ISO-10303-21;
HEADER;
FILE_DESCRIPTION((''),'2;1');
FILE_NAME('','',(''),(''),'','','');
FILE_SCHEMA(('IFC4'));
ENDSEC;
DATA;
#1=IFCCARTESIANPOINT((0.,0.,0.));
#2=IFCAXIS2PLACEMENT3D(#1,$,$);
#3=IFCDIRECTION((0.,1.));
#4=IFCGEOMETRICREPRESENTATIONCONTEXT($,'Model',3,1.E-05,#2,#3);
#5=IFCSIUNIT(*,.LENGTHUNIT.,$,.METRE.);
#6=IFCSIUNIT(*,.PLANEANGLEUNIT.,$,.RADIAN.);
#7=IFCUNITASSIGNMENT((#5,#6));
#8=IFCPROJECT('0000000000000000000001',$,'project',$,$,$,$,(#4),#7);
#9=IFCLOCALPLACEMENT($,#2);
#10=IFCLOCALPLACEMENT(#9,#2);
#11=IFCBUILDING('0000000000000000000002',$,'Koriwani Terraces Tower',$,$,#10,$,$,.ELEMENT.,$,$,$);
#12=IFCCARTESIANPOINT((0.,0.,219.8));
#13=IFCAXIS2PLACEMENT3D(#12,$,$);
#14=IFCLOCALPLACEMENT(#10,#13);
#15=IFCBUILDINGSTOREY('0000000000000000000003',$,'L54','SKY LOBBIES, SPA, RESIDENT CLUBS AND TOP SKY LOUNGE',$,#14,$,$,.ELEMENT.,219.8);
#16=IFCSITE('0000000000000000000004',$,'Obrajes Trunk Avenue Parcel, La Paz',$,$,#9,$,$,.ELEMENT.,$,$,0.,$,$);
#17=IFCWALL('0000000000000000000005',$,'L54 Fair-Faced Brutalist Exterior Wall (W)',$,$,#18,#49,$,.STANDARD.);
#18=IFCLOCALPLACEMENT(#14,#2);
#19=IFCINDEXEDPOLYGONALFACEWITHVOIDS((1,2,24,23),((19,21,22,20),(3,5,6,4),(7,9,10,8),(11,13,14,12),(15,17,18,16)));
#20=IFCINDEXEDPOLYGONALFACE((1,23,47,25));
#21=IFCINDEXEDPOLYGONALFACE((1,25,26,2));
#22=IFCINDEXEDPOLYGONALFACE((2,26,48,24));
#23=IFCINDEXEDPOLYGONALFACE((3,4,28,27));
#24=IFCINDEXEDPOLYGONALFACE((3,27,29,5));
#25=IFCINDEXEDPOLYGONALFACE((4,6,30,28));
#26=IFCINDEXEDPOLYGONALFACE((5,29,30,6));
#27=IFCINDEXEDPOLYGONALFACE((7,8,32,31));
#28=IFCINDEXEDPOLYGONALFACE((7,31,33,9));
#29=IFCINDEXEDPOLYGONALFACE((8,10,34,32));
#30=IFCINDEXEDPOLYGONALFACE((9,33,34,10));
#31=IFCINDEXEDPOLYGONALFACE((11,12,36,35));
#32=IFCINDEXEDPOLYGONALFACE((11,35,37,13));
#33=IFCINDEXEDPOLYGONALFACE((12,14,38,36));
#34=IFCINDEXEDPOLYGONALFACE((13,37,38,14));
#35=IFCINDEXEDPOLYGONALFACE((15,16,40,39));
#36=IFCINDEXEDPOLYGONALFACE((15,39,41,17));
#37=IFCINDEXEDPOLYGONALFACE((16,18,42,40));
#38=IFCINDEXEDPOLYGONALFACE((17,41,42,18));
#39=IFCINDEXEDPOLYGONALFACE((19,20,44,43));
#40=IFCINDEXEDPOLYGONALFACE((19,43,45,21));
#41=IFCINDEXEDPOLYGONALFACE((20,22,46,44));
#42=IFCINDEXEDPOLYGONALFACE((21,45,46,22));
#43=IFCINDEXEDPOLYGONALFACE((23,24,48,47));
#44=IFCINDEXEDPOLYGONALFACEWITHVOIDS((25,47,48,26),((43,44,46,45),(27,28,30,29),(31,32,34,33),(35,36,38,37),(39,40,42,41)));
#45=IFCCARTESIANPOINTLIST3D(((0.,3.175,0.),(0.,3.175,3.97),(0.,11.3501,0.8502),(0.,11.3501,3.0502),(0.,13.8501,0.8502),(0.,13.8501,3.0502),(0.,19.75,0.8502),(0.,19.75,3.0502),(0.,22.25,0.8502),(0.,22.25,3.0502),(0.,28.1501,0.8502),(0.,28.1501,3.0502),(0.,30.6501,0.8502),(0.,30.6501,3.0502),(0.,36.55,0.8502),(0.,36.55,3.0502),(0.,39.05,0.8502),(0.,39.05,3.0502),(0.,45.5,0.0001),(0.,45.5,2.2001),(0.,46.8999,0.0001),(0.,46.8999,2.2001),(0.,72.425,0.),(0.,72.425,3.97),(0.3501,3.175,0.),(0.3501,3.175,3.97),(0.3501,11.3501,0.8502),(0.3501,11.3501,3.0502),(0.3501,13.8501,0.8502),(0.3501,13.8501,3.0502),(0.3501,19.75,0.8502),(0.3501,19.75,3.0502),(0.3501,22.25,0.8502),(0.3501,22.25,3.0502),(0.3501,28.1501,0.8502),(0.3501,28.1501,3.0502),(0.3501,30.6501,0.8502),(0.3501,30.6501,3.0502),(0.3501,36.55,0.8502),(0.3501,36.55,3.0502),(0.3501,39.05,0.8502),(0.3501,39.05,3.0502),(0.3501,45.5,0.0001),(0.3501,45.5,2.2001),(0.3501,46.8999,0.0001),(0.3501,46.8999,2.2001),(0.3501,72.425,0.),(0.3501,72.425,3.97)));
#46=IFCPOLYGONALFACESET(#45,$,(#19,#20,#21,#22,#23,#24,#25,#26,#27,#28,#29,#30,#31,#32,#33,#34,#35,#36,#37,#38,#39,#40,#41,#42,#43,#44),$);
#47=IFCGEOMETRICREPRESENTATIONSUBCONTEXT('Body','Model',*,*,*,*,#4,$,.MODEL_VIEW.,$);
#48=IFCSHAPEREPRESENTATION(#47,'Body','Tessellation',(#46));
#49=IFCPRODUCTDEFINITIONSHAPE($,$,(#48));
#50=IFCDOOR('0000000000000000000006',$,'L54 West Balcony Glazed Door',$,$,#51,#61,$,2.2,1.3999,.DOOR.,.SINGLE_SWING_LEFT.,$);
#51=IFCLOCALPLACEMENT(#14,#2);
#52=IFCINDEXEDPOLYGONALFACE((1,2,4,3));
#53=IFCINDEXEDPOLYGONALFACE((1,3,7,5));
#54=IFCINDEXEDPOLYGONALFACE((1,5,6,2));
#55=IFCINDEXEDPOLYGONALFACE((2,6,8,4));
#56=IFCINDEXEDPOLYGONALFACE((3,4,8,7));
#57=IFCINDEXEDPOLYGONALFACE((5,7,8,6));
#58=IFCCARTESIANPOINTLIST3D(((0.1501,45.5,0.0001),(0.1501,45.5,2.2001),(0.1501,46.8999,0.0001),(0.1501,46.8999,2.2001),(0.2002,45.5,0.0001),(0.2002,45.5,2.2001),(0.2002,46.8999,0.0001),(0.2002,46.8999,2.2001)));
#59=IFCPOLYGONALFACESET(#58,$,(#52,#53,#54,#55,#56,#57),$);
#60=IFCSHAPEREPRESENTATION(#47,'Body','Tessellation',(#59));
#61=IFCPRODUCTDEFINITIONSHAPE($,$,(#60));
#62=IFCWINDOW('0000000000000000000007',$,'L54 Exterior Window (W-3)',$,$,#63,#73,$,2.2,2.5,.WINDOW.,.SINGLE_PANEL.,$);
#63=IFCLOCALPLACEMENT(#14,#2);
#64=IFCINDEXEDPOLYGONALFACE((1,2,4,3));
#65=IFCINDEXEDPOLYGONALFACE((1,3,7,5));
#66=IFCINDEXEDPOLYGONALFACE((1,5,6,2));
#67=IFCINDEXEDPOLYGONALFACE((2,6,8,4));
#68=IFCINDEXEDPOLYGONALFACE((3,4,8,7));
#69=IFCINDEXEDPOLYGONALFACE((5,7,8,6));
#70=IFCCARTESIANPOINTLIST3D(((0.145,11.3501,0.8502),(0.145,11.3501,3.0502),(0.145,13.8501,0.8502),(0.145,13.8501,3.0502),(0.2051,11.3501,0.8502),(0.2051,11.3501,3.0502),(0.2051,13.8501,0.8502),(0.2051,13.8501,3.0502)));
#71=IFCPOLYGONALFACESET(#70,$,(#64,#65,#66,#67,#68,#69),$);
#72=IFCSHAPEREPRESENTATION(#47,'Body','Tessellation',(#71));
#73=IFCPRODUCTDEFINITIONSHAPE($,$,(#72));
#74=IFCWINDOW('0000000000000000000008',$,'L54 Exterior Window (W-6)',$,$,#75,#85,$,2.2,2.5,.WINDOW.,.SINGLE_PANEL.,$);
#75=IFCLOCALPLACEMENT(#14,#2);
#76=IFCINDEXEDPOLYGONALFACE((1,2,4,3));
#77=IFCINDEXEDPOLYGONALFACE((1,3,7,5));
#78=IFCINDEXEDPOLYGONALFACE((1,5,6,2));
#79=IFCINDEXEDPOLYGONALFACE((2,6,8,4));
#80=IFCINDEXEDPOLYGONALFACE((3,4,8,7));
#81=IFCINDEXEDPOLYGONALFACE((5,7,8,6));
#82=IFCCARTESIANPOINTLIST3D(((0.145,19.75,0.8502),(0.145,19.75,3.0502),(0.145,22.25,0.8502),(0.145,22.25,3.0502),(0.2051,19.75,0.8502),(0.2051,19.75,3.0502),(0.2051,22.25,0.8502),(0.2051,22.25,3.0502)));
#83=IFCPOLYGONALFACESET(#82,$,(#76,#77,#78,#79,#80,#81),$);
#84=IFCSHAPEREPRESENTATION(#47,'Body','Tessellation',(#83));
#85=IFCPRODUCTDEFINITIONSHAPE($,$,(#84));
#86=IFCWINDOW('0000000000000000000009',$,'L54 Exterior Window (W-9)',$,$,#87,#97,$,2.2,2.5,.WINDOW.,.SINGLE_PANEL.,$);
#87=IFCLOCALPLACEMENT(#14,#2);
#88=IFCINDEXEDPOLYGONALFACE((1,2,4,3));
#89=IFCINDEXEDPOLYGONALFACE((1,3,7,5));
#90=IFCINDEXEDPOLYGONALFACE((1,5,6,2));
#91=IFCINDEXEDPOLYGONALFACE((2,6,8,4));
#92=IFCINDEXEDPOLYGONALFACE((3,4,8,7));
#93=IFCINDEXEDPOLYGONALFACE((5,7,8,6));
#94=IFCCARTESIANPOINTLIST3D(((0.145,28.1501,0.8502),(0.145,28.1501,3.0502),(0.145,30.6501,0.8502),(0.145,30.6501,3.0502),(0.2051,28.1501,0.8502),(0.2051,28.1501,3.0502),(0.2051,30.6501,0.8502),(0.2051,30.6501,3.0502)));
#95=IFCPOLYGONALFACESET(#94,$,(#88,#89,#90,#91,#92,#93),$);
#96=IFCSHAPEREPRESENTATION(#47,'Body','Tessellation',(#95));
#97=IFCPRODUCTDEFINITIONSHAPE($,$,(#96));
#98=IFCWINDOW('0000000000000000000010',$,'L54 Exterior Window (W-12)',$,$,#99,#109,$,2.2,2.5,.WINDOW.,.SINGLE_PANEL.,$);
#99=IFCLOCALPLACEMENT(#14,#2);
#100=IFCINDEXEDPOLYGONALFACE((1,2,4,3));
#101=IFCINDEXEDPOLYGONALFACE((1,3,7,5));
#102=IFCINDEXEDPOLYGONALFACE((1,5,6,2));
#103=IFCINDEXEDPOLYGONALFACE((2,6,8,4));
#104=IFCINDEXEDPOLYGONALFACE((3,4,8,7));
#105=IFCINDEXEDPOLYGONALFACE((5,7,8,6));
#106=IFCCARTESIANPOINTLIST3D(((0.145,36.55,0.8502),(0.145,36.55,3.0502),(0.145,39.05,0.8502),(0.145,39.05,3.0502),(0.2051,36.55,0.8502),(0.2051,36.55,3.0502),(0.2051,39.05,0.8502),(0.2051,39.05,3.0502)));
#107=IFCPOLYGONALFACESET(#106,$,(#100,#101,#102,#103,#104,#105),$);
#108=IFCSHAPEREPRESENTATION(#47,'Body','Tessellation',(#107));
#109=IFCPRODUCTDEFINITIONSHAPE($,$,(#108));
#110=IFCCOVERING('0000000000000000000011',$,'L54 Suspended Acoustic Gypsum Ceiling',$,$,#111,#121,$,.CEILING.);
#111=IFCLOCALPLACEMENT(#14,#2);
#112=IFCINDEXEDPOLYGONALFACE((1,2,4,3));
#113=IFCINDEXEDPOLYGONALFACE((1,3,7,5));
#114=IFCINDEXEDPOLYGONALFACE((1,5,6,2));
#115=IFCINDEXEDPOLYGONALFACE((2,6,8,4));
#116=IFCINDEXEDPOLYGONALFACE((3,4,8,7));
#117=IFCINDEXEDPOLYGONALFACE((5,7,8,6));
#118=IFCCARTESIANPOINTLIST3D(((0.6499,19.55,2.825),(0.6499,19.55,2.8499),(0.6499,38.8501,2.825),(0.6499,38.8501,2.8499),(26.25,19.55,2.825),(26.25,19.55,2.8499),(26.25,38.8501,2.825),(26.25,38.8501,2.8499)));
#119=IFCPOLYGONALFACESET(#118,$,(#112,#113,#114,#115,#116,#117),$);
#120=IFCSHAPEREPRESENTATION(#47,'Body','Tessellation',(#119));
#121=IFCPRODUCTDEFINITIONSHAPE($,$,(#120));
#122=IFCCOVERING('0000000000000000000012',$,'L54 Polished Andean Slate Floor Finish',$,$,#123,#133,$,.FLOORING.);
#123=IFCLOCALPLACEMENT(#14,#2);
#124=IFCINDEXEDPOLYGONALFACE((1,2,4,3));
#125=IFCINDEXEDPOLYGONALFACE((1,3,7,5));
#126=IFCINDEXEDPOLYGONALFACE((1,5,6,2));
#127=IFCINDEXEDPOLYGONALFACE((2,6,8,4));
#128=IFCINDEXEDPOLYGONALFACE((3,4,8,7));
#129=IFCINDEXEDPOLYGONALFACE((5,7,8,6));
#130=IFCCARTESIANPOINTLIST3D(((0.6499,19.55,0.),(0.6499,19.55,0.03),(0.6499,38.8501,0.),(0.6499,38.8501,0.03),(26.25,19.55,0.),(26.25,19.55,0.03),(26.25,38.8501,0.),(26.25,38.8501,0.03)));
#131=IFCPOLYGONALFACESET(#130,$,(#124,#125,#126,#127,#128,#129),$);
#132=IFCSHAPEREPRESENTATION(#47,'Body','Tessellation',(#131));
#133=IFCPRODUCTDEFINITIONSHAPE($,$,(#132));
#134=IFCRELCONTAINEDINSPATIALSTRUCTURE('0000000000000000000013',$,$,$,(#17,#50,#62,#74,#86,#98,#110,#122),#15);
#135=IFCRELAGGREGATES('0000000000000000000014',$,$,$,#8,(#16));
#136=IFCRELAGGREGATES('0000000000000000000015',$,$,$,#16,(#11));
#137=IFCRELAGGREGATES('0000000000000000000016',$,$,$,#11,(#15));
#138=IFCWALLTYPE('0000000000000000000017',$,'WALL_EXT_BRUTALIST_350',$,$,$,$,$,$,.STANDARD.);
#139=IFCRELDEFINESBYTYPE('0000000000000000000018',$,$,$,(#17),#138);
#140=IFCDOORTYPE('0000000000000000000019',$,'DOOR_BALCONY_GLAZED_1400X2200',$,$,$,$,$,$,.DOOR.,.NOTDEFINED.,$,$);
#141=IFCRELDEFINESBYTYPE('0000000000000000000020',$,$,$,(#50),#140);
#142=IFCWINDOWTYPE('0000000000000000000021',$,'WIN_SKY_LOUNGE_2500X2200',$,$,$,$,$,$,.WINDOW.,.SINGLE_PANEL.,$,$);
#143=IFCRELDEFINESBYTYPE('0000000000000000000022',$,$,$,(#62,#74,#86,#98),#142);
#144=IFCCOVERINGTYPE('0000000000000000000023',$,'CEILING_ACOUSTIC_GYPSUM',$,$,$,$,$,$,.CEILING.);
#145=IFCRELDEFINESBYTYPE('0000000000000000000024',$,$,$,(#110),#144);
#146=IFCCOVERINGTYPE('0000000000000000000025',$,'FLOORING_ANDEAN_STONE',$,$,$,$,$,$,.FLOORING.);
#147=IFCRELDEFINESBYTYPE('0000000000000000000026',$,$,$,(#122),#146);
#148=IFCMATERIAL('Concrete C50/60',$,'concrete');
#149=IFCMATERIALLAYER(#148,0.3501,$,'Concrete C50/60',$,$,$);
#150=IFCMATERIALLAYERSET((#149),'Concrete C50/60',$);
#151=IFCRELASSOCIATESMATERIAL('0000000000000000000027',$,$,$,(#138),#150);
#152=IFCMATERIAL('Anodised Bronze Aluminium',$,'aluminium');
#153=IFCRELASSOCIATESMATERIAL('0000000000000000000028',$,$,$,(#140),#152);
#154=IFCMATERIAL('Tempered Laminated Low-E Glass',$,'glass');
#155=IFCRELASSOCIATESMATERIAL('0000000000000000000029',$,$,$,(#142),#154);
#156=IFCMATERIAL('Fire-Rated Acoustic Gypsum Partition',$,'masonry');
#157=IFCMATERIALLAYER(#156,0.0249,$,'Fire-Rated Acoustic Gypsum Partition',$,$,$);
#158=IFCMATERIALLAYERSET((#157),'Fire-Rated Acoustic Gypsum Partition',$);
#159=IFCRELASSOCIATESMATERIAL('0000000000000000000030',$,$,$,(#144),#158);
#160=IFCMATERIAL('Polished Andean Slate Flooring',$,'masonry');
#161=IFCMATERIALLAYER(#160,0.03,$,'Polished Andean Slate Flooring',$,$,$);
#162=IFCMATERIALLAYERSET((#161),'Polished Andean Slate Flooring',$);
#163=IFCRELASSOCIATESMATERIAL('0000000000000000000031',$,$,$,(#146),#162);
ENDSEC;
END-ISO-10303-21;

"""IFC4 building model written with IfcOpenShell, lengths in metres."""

from ifc_helpers import new_model, si_unit, direction, frame, frame_2d, origin, place, context, subcontext, project, spatial, polyline, rectangle, outline, extrude, material, layer, layer_set, type_object, element, fill, save


model = new_model("IFC4")

# Units and contexts
model_context = context("Model", 3, precision=1e-05, world=origin(), true_north=direction((0.0, 1.0)))
body_context = subcontext(model_context, "Body", "Model", "MODEL_VIEW")
ifc_project = project(units=[si_unit("LENGTHUNIT", "METRE"), si_unit("PLANEANGLEUNIT", "RADIAN")], contexts=[model_context])

# Site, building, storey
site_placement = place(None, origin())
site = spatial("IfcSite", under=ifc_project, at=site_placement, Name="Obrajes Trunk Avenue Parcel, La Paz", CompositionType="ELEMENT", RefElevation=0.0)
building_placement = place(site_placement, origin())
building = spatial("IfcBuilding", under=site, at=building_placement, Name="Koriwani Terraces Tower", CompositionType="ELEMENT")
storey_placement = place(building_placement, frame((0.0, 0.0, 219.8)))
storey = spatial("IfcBuildingStorey", under=building, at=storey_placement, Name="L54", Description="SKY LOBBIES, SPA, RESIDENT CLUBS AND TOP SKY LOUNGE", CompositionType="ELEMENT", Elevation=219.8)

# Shared definitions
ifc_material_1 = material(Name="Concrete C50/60", Category="concrete")

# Shared definitions
ifc_layer_1 = layer(ifc_material_1, 0.3501, Name="Concrete C50/60")
ifc_layer_set_1 = layer_set([ifc_layer_1], Name="Concrete C50/60")
wall_type_1 = type_object("IfcWallType", Name="WALL_EXT_BRUTALIST_350", PredefinedType="STANDARD", material=ifc_layer_set_1)

# Wall, openings, door, windows
wall_1_placement = place(storey_placement, frame((0.175, 3.175, 0.0), z_axis=(0.0, 0.0, 1.0), x_axis=(0.0, 1.0, 0.0)))
wall_1 = element("IfcWall", 1, at=wall_1_placement, inside=storey, type_object=wall_type_1, Name="L54 Fair-Faced Brutalist Exterior Wall (W)", PredefinedType="STANDARD", context=body_context, shape_type="SweptSolid", body=[
    extrude(rectangle(XDim=69.25, YDim=0.3501, at=frame_2d((34.625, 0.0))), origin(), (0.0, 0.0, 1.0), 3.97),
])
opening_1_placement = place(wall_1_placement, frame((42.325, 0.0, 0.0)))
opening_1 = element("IfcOpeningElement", 2, at=opening_1_placement, cuts=wall_1, PredefinedType="OPENING", context=body_context, shape_type="SweptSolid", body=[
    extrude(rectangle(XDim=1.3999, YDim=2.2, at=frame_2d((0.7, 1.1001))), frame((0.0, 0.1851, 0.0), z_axis=(0.0, -1.0, 0.0), x_axis=(1.0, 0.0, 0.0)), (0.0, 0.0, 1.0), 0.3701),
])
opening_2_placement = place(wall_1_placement, frame((8.175, 0.0, 0.8501)))
opening_2 = element("IfcOpeningElement", 3, at=opening_2_placement, cuts=wall_1, PredefinedType="OPENING", context=body_context, shape_type="SweptSolid", body=[
    extrude(rectangle(XDim=2.5, YDim=2.2, at=frame_2d((1.25, 1.1001))), frame((0.0, 0.1851, 0.0), z_axis=(0.0, -1.0, 0.0), x_axis=(1.0, 0.0, 0.0)), (0.0, 0.0, 1.0), 0.3701),
])
opening_3_placement = place(wall_1_placement, frame((16.575, 0.0, 0.8501)))
opening_3 = element("IfcOpeningElement", 4, at=opening_3_placement, cuts=wall_1, PredefinedType="OPENING", context=body_context, shape_type="SweptSolid", body=[
    extrude(rectangle(XDim=2.5, YDim=2.2, at=frame_2d((1.25, 1.1001))), frame((0.0, 0.1851, 0.0), z_axis=(0.0, -1.0, 0.0), x_axis=(1.0, 0.0, 0.0)), (0.0, 0.0, 1.0), 0.3701),
])
opening_4_placement = place(wall_1_placement, frame((24.9751, 0.0, 0.8501)))
opening_4 = element("IfcOpeningElement", 5, at=opening_4_placement, cuts=wall_1, PredefinedType="OPENING", context=body_context, shape_type="SweptSolid", body=[
    extrude(rectangle(XDim=2.5, YDim=2.2, at=frame_2d((1.25, 1.1001))), frame((0.0, 0.1851, 0.0), z_axis=(0.0, -1.0, 0.0), x_axis=(1.0, 0.0, 0.0)), (0.0, 0.0, 1.0), 0.3701),
])
opening_5_placement = place(wall_1_placement, frame((33.375, 0.0, 0.8501)))
opening_5 = element("IfcOpeningElement", 6, at=opening_5_placement, cuts=wall_1, PredefinedType="OPENING", context=body_context, shape_type="SweptSolid", body=[
    extrude(rectangle(XDim=2.5, YDim=2.2, at=frame_2d((1.25, 1.1001))), frame((0.0, 0.1851, 0.0), z_axis=(0.0, -1.0, 0.0), x_axis=(1.0, 0.0, 0.0)), (0.0, 0.0, 1.0), 0.3701),
])
ifc_material_2 = material(Name="Anodised Bronze Aluminium", Category="aluminium")
door_type = type_object("IfcDoorType", Name="DOOR_BALCONY_GLAZED_1400X2200", OperationType="NOTDEFINED", PredefinedType="DOOR", material=ifc_material_2)
door_placement = place(opening_1_placement, origin())
door = element("IfcDoor", 7, at=door_placement, inside=storey, type_object=door_type, Name="L54 West Balcony Glazed Door", OperationType="SINGLE_SWING_LEFT", OverallHeight=2.2, OverallWidth=1.3999, PredefinedType="DOOR", context=body_context, shape_type="SweptSolid", body=[
    extrude(rectangle(XDim=1.3999, YDim=2.2, at=frame_2d((0.7, 1.1001))), frame((0.0, 0.0249, 0.0), z_axis=(0.0, -1.0, 0.0), x_axis=(1.0, 0.0, 0.0)), (0.0, 0.0, 1.0), 0.05),
])
fill(opening_1, door)
ifc_material_3 = material(Name="Tempered Laminated Low-E Glass", Category="glass")
window_type = type_object("IfcWindowType", Name="WIN_SKY_LOUNGE_2500X2200", PartitioningType="SINGLE_PANEL", PredefinedType="WINDOW", material=ifc_material_3)
window_1_placement = place(opening_2_placement, origin())
window_1 = element("IfcWindow", 8, at=window_1_placement, inside=storey, type_object=window_type, Name="L54 Exterior Window (W-3)", OverallHeight=2.2, OverallWidth=2.5, PartitioningType="SINGLE_PANEL", PredefinedType="WINDOW", context=body_context, shape_type="SweptSolid", body=[
    extrude(rectangle(XDim=2.5, YDim=2.2, at=frame_2d((1.25, 1.1001))), frame((0.0, 0.03, 0.0), z_axis=(0.0, -1.0, 0.0), x_axis=(1.0, 0.0, 0.0)), (0.0, 0.0, 1.0), 0.0601),
])
fill(opening_2, window_1)
window_2_placement = place(opening_3_placement, origin())
window_2 = element("IfcWindow", 9, at=window_2_placement, inside=storey, type_object=window_type, Name="L54 Exterior Window (W-6)", OverallHeight=2.2, OverallWidth=2.5, PartitioningType="SINGLE_PANEL", PredefinedType="WINDOW", context=body_context, shape_type="SweptSolid", body=[
    extrude(rectangle(XDim=2.5, YDim=2.2, at=frame_2d((1.25, 1.1001))), frame((0.0, 0.03, 0.0), z_axis=(0.0, -1.0, 0.0), x_axis=(1.0, 0.0, 0.0)), (0.0, 0.0, 1.0), 0.0601),
])
fill(opening_3, window_2)
window_3_placement = place(opening_4_placement, origin())
window_3 = element("IfcWindow", 10, at=window_3_placement, inside=storey, type_object=window_type, Name="L54 Exterior Window (W-9)", OverallHeight=2.2, OverallWidth=2.5, PartitioningType="SINGLE_PANEL", PredefinedType="WINDOW", context=body_context, shape_type="SweptSolid", body=[
    extrude(rectangle(XDim=2.5, YDim=2.2, at=frame_2d((1.25, 1.1001))), frame((0.0, 0.03, 0.0), z_axis=(0.0, -1.0, 0.0), x_axis=(1.0, 0.0, 0.0)), (0.0, 0.0, 1.0), 0.0601),
])
fill(opening_4, window_3)
window_4_placement = place(opening_5_placement, origin())
window_4 = element("IfcWindow", 11, at=window_4_placement, inside=storey, type_object=window_type, Name="L54 Exterior Window (W-12)", OverallHeight=2.2, OverallWidth=2.5, PartitioningType="SINGLE_PANEL", PredefinedType="WINDOW", context=body_context, shape_type="SweptSolid", body=[
    extrude(rectangle(XDim=2.5, YDim=2.2, at=frame_2d((1.25, 1.1001))), frame((0.0, 0.03, 0.0), z_axis=(0.0, -1.0, 0.0), x_axis=(1.0, 0.0, 0.0)), (0.0, 0.0, 1.0), 0.0601),
])
fill(opening_5, window_4)

# Coverings
ifc_material_4 = material(Name="Fire-Rated Acoustic Gypsum Partition", Category="masonry")
ifc_layer_2 = layer(ifc_material_4, 0.0249, Name="Fire-Rated Acoustic Gypsum Partition")
ifc_layer_set_2 = layer_set([ifc_layer_2], Name="Fire-Rated Acoustic Gypsum Partition")
covering_type_1 = type_object("IfcCoveringType", Name="CEILING_ACOUSTIC_GYPSUM", PredefinedType="CEILING", material=ifc_layer_set_2)
covering_1_placement = place(storey_placement, frame((0.0, 0.0, 2.825)))
element("IfcCovering", 12, at=covering_1_placement, inside=storey, type_object=covering_type_1, Name="L54 Suspended Acoustic Gypsum Ceiling", PredefinedType="CEILING", context=body_context, shape_type="SweptSolid", body=[
    extrude(outline(polyline([(0.6499, 19.55), (0.6499, 38.8501), (26.25, 38.8501), (26.25, 19.55), (0.6499, 19.55)])), origin(), (0.0, 0.0, 1.0), 0.0249),
])
ifc_material_5 = material(Name="Polished Andean Slate Flooring", Category="masonry")
ifc_layer_3 = layer(ifc_material_5, 0.03, Name="Polished Andean Slate Flooring")
ifc_layer_set_3 = layer_set([ifc_layer_3], Name="Polished Andean Slate Flooring")
covering_type_2 = type_object("IfcCoveringType", Name="FLOORING_ANDEAN_STONE", PredefinedType="FLOORING", material=ifc_layer_set_3)
covering_2_placement = place(storey_placement, origin())
element("IfcCovering", 13, at=covering_2_placement, inside=storey, type_object=covering_type_2, Name="L54 Polished Andean Slate Floor Finish", PredefinedType="FLOORING", context=body_context, shape_type="SweptSolid", body=[
    extrude(outline(polyline([(0.6499, 19.55), (0.6499, 38.8501), (26.25, 38.8501), (26.25, 19.55), (0.6499, 19.55)])), origin(), (0.0, 0.0, 1.0), 0.03),
])

save(model, "model.ifc")
